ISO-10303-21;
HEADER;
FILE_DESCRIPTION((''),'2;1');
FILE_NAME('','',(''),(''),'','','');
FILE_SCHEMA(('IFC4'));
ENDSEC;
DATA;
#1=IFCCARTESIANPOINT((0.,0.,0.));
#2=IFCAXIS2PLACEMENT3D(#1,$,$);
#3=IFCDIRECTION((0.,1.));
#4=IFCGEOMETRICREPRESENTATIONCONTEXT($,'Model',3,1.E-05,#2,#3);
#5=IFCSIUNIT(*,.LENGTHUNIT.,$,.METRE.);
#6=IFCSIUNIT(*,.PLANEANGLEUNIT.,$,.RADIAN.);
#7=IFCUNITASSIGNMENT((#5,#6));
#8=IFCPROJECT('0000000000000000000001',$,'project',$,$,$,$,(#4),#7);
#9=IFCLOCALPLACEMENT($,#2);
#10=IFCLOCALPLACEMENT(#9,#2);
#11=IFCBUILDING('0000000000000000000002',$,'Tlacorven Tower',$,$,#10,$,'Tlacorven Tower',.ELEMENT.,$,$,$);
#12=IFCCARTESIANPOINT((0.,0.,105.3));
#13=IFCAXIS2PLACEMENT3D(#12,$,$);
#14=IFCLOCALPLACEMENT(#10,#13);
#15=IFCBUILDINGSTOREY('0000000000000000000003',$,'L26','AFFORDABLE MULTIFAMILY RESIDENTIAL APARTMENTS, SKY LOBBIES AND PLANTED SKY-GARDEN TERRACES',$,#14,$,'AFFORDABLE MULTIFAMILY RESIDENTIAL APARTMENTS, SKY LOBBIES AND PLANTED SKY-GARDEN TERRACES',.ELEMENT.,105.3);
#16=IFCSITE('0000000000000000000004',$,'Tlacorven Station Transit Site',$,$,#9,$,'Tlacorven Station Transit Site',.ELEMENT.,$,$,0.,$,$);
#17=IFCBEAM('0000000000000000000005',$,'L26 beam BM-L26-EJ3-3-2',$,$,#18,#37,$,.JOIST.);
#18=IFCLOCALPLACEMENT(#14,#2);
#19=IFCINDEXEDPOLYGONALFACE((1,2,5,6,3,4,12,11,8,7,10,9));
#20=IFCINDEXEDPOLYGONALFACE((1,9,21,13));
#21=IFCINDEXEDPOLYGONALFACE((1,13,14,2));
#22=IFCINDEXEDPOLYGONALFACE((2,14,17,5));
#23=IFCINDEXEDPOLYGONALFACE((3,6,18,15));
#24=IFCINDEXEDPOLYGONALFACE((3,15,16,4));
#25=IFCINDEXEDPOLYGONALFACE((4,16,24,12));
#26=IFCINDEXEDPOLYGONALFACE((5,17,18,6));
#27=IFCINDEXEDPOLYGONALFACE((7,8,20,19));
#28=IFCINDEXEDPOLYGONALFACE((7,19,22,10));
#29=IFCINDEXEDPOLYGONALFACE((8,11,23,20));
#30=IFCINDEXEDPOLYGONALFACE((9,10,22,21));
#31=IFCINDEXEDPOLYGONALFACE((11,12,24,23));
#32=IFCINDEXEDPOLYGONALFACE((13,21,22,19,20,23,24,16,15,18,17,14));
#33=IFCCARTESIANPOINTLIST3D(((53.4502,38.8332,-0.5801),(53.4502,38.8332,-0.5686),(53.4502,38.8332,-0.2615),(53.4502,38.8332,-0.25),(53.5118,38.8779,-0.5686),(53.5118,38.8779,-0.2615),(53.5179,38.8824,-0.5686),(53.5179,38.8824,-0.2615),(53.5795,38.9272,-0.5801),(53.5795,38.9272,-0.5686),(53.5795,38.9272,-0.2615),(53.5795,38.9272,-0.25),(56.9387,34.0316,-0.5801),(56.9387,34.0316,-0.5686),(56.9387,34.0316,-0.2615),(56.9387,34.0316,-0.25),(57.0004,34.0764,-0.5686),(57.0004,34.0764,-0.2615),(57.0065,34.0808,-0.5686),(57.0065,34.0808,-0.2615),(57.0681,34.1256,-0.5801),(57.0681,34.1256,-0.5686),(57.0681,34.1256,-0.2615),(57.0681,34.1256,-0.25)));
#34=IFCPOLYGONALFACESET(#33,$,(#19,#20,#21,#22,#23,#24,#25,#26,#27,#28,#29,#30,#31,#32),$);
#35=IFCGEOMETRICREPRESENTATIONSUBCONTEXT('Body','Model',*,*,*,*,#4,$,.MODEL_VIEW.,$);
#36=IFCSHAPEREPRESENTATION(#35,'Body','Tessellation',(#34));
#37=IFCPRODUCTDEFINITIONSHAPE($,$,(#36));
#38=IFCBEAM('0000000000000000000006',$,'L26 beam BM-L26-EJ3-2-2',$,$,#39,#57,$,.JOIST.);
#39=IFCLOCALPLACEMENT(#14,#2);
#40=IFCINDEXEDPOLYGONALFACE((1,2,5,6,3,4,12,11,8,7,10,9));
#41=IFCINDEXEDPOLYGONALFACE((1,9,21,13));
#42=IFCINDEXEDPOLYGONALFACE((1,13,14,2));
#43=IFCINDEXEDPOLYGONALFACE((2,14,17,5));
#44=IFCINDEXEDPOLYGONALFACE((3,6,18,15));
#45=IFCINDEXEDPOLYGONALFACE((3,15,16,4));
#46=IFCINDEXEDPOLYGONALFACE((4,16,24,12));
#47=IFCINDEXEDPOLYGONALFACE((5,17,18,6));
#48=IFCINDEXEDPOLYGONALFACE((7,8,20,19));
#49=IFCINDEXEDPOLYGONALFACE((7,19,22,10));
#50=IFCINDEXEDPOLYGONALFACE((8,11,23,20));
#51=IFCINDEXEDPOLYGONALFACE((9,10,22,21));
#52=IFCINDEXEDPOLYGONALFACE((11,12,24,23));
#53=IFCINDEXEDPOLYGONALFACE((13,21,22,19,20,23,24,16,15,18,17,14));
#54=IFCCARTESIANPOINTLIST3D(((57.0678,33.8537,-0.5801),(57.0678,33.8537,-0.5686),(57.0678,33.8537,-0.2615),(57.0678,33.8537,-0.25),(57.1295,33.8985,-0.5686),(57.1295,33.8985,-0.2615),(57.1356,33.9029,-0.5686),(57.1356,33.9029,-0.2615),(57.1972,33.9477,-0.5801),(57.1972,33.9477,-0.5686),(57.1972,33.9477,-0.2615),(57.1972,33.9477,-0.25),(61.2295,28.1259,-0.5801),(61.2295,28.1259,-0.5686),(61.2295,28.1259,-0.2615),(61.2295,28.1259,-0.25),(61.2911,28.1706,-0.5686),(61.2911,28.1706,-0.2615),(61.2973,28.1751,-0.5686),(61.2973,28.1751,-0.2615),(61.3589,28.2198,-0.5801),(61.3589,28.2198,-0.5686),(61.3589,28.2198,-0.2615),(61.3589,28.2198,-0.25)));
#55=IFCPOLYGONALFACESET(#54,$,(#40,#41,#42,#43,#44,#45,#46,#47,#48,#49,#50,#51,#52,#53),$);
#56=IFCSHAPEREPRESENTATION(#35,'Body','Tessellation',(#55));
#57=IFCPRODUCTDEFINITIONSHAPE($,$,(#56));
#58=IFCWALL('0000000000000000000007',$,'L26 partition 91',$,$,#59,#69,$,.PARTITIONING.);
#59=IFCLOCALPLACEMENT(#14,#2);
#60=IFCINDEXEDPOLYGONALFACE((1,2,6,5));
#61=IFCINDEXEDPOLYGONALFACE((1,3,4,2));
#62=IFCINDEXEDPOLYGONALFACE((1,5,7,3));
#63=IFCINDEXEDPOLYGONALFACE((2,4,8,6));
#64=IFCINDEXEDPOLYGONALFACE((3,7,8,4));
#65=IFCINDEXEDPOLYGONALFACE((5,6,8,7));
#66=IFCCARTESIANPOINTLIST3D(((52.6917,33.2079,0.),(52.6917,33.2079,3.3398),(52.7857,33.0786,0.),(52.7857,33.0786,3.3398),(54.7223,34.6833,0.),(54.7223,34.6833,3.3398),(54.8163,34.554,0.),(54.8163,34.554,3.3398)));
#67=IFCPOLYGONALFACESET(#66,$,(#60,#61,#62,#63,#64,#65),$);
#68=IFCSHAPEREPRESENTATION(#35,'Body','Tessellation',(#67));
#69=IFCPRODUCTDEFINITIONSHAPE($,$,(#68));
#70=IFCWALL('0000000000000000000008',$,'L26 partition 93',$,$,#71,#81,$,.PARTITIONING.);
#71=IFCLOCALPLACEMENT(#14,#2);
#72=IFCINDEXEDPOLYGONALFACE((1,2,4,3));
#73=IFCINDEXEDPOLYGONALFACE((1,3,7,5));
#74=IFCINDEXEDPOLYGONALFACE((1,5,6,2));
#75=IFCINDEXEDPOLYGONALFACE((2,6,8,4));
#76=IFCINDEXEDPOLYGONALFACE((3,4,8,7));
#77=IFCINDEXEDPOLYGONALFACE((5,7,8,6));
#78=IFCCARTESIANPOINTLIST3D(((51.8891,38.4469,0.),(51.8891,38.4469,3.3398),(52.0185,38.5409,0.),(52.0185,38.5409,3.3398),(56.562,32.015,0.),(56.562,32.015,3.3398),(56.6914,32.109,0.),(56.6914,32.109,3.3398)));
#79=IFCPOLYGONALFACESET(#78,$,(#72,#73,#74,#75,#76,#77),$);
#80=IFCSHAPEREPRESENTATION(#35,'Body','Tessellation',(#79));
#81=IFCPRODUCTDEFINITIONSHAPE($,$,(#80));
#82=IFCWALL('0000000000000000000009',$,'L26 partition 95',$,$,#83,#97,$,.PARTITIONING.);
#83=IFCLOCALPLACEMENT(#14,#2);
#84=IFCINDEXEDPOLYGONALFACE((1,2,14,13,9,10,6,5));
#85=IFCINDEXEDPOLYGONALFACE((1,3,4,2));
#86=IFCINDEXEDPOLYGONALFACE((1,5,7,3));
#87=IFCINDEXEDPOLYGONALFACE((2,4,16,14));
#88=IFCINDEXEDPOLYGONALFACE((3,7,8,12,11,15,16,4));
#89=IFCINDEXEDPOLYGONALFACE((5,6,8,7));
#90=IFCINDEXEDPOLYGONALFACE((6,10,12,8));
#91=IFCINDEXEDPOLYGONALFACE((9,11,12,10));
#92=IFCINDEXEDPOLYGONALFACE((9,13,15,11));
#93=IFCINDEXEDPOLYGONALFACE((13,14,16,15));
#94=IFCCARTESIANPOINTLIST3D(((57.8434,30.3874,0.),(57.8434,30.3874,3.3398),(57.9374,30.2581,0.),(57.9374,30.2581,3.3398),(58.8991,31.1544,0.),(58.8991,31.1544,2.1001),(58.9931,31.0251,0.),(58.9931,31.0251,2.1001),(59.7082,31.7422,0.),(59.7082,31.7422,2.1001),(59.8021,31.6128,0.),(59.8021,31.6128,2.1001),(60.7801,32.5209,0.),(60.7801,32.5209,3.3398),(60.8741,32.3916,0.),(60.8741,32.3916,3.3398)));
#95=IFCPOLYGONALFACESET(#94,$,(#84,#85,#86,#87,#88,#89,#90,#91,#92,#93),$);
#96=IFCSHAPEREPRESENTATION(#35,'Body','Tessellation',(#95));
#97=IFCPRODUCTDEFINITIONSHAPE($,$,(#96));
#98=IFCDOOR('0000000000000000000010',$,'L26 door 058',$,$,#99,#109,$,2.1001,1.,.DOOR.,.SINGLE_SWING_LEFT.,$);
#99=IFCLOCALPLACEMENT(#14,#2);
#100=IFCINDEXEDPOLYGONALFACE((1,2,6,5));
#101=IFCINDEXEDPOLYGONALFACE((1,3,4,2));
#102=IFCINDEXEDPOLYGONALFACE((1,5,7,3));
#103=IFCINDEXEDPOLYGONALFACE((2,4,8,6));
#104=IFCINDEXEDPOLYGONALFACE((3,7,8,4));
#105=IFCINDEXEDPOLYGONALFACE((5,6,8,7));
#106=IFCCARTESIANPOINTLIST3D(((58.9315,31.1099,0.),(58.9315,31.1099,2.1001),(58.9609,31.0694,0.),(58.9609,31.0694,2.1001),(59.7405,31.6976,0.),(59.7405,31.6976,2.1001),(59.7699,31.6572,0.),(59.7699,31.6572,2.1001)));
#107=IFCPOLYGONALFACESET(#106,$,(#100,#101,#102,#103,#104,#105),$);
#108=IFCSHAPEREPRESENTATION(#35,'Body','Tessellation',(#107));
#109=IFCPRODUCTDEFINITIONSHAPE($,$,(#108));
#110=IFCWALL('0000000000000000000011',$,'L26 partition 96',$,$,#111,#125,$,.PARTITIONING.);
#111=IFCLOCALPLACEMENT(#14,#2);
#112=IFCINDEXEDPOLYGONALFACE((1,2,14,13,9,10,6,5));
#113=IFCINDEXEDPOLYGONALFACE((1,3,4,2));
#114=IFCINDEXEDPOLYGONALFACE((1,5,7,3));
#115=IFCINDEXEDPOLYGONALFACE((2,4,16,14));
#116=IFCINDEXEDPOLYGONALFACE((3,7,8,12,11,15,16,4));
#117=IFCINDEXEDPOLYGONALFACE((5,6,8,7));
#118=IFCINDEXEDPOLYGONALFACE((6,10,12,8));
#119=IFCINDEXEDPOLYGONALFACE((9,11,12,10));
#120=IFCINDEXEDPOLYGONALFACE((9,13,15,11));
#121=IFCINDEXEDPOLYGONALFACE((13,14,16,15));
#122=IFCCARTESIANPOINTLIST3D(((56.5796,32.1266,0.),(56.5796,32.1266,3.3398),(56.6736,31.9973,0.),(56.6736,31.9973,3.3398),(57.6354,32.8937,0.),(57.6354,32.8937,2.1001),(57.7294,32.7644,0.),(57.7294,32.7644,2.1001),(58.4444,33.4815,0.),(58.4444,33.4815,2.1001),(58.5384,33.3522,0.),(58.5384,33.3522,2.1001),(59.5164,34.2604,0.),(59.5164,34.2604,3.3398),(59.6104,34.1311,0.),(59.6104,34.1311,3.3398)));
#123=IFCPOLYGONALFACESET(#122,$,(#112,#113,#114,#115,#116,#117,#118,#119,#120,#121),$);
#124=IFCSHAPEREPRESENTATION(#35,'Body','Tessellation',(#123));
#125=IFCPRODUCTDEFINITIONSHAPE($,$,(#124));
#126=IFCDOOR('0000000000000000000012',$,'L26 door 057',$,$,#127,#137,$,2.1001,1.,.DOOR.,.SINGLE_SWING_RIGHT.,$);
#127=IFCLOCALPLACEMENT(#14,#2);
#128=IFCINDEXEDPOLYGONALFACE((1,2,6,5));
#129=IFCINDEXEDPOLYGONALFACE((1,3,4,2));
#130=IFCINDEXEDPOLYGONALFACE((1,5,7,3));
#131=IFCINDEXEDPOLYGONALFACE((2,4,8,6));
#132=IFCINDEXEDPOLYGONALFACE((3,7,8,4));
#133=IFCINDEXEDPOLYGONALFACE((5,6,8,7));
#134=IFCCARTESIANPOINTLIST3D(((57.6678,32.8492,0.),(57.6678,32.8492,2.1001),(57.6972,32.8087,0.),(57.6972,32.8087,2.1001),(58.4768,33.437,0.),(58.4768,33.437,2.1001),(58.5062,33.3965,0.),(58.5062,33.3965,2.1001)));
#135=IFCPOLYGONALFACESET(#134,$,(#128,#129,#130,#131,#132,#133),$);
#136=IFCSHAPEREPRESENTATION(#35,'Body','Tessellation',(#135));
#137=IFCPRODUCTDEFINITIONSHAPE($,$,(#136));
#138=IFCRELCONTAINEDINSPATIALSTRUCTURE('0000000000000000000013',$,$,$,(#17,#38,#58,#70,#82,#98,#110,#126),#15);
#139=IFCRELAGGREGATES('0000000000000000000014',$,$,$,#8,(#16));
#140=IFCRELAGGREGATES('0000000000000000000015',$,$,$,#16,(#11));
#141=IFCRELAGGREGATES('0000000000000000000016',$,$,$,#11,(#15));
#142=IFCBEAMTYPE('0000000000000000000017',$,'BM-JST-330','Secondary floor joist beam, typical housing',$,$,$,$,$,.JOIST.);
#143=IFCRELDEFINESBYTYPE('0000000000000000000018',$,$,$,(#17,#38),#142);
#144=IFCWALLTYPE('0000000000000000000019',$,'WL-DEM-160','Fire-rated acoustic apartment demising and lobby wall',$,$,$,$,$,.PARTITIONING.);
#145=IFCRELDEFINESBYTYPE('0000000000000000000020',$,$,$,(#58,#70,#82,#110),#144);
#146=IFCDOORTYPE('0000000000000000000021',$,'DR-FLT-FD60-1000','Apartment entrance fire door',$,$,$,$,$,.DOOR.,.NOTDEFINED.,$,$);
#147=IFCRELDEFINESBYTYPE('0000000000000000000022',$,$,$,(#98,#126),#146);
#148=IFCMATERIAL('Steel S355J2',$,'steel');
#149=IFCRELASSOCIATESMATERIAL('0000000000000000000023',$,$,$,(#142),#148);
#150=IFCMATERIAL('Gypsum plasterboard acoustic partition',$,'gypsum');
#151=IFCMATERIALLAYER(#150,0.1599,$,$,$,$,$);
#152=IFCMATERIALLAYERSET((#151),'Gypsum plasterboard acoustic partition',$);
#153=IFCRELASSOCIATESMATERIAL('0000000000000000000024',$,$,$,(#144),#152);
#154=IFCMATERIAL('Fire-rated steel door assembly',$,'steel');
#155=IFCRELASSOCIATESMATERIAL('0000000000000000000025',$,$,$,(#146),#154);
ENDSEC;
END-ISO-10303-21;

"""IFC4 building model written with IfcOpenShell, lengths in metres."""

from ifc_helpers import new_model, si_unit, direction, frame, frame_2d, origin, origin_2d, place, context, subcontext, project, spatial, rectangle, i_section, extrude, source, transform, mapped, material, layer, layer_set, material_profile, profile_set, type_object, element, fill, save


model = new_model("IFC4")

# Units and contexts
model_context = context("Model", 3, precision=1e-05, world=origin(), true_north=direction((0.0, 1.0)))
body_context = subcontext(model_context, "Body", "Model", "MODEL_VIEW")
ifc_project = project(units=[si_unit("LENGTHUNIT", "METRE"), si_unit("PLANEANGLEUNIT", "RADIAN")], contexts=[model_context])

# Site, building, storey
site_placement = place(None, origin())
site = spatial("IfcSite", under=ifc_project, at=site_placement, Name="Tlacorven Station Transit Site", LongName="Tlacorven Station Transit Site", CompositionType="ELEMENT", RefElevation=0.0)
building_placement = place(site_placement, origin())
building = spatial("IfcBuilding", under=site, at=building_placement, Name="Tlacorven Tower", LongName="Tlacorven Tower", CompositionType="ELEMENT")
storey_placement = place(building_placement, frame((0.0, 0.0, 105.3)))
storey = spatial("IfcBuildingStorey", under=building, at=storey_placement, Name="L26", Description="AFFORDABLE MULTIFAMILY RESIDENTIAL APARTMENTS, SKY LOBBIES AND PLANTED SKY-GARDEN TERRACES", LongName="AFFORDABLE MULTIFAMILY RESIDENTIAL APARTMENTS, SKY LOBBIES AND PLANTED SKY-GARDEN TERRACES", CompositionType="ELEMENT", Elevation=105.3)

# Beams
ifc_material_1 = material(Name="Steel S355J2", Category="steel")
ifc_material_profile_1 = material_profile(ifc_material_1, i_section(OverallWidth=0.1599, OverallDepth=0.3301, WebThickness=0.0076, FlangeThickness=0.0115, at=origin_2d()), Name="IPE 330")
ifc_profile_set_1 = profile_set([ifc_material_profile_1], Name="Steel S355J2")
beam_type_1 = type_object("IfcBeamType", Name="BM-JST-330", Description="Secondary floor joist beam, typical housing", PredefinedType="JOIST", material=ifc_profile_set_1)
shared_shape_1 = source(origin(), body_context, "Body", "SweptSolid", [
    extrude(i_section(OverallWidth=0.1599, OverallDepth=0.3301, WebThickness=0.0076, FlangeThickness=0.0115, at=origin_2d()), origin(), (0.0, 0.0, 1.0), 5.9351),
])
for number, where, z_axis, x_axis, name in (
    (1, (57.0034, 34.0786, -0.415), (-0.587788, 0.809015, 0.0), (-0.809015, -0.587788, 0.0), "L26 beam BM-L26-EJ3-3-2"),
):
    element("IfcBeam", number, at=place(storey_placement, frame(where, z_axis=z_axis, x_axis=x_axis)), inside=storey, type_object=beam_type_1, Name=name, PredefinedType="JOIST", context=body_context, shape_type="MappedRepresentation", body=[
        mapped(shared_shape_1, transform((0.0, 0.0, 0.0), scale=1.0)),
    ])
shared_shape_2 = source(origin(), body_context, "Body", "SweptSolid", [
    extrude(i_section(OverallWidth=0.1599, OverallDepth=0.3301, WebThickness=0.0076, FlangeThickness=0.0115, at=origin_2d()), origin(), (0.0, 0.0, 1.0), 7.0801),
])
beam_1_placement = place(storey_placement, frame((61.2942, 28.1729, -0.415), z_axis=(-0.587798, 0.809007, 0.0), x_axis=(-0.809007, -0.587798, 0.0)))
element("IfcBeam", 2, at=beam_1_placement, inside=storey, type_object=beam_type_1, Name="L26 beam BM-L26-EJ3-2-2", PredefinedType="JOIST", context=body_context, shape_type="MappedRepresentation", body=[
    mapped(shared_shape_2, transform((0.0, 0.0, 0.0), scale=1.0)),
])

# Walls
ifc_material_2 = material(Name="Gypsum plasterboard acoustic partition", Category="gypsum")
ifc_layer_1 = layer(ifc_material_2, 0.1599)
ifc_layer_set_1 = layer_set([ifc_layer_1], Name="Gypsum plasterboard acoustic partition")
wall_type_1 = type_object("IfcWallType", Name="WL-DEM-160", Description="Fire-rated acoustic apartment demising and lobby wall", PredefinedType="PARTITIONING", material=ifc_layer_set_1)
wall_1_placement = place(storey_placement, frame((52.7388, 33.1433, 0.0), z_axis=(0.0, 0.0, 1.0), x_axis=(0.809001, 0.587807, 0.0)))
element("IfcWall", 3, at=wall_1_placement, inside=storey, type_object=wall_type_1, Name="L26 partition 91", PredefinedType="PARTITIONING", context=body_context, shape_type="SweptSolid", body=[
    extrude(rectangle(XDim=2.51, YDim=0.1599, at=frame_2d((1.2549, 0.0))), origin(), (0.0, 0.0, 1.0), 3.3398),
])
wall_2_placement = place(storey_placement, frame((56.6267, 32.062, 0.0), z_axis=(0.0, 0.0, 1.0), x_axis=(-0.58777, 0.809028, 0.0)))
element("IfcWall", 4, at=wall_2_placement, inside=storey, type_object=wall_type_1, Name="L26 partition 93", PredefinedType="PARTITIONING", context=body_context, shape_type="SweptSolid", body=[
    extrude(rectangle(XDim=7.9502, YDim=0.1599, at=frame_2d((3.9751, 0.0))), origin(), (0.0, 0.0, 1.0), 3.3398),
])

# Walls, openings, doors
wall_3_placement = place(storey_placement, frame((57.8904, 30.3228, 0.0), z_axis=(0.0, 0.0, 1.0), x_axis=(0.809036, 0.58776, 0.0)))
wall_3 = element("IfcWall", 5, at=wall_3_placement, inside=storey, type_object=wall_type_1, Name="L26 partition 95", PredefinedType="PARTITIONING", context=body_context, shape_type="SweptSolid", body=[
    extrude(rectangle(XDim=3.6299, YDim=0.1599, at=frame_2d((1.8149, 0.0))), origin(), (0.0, 0.0, 1.0), 3.3398),
])
opening_1_placement = place(wall_3_placement, frame((1.3049, 0.0, 0.0)))
opening_1 = element("IfcOpeningElement", 6, at=opening_1_placement, cuts=wall_3, PredefinedType="OPENING", context=body_context, shape_type="SweptSolid", body=[
    extrude(rectangle(XDim=1.0, YDim=2.1001, at=frame_2d((0.5, 1.05))), frame((0.0, 0.0898, 0.0), z_axis=(0.0, -1.0, 0.0), x_axis=(1.0, 0.0, 0.0)), (0.0, 0.0, 1.0), 0.1799),
])
ifc_material_3 = material(Name="Fire-rated steel door assembly", Category="steel")
door_type = type_object("IfcDoorType", Name="DR-FLT-FD60-1000", Description="Apartment entrance fire door", OperationType="NOTDEFINED", PredefinedType="DOOR", material=ifc_material_3)
shared_shape_3 = source(origin(), body_context, "Body", "SweptSolid", [
    extrude(rectangle(XDim=1.0, YDim=2.1001, at=frame_2d((0.5, 1.05))), frame((0.0, 0.0249, 0.0), z_axis=(0.0, -1.0, 0.0), x_axis=(1.0, 0.0, 0.0)), (0.0, 0.0, 1.0), 0.05),
])
door_1_placement = place(opening_1_placement, origin())
door_1 = element("IfcDoor", 7, at=door_1_placement, inside=storey, type_object=door_type, Name="L26 door 058", OperationType="SINGLE_SWING_LEFT", OverallHeight=2.1001, OverallWidth=1.0, PredefinedType="DOOR", context=body_context, shape_type="MappedRepresentation", body=[
    mapped(shared_shape_3, transform((0.0, 0.0, 0.0), scale=1.0)),
])
fill(opening_1, door_1)
wall_4_placement = place(storey_placement, frame((56.6267, 32.062, 0.0), z_axis=(0.0, 0.0, 1.0), x_axis=(0.809004, 0.587804, 0.0)))
wall_4 = element("IfcWall", 8, at=wall_4_placement, inside=storey, type_object=wall_type_1, Name="L26 partition 96", PredefinedType="PARTITIONING", context=body_context, shape_type="SweptSolid", body=[
    extrude(rectangle(XDim=3.6301, YDim=0.1599, at=frame_2d((1.8149, 0.0))), origin(), (0.0, 0.0, 1.0), 3.3398),
])
opening_2_placement = place(wall_4_placement, frame((1.3049, 0.0, 0.0)))
opening_2 = element("IfcOpeningElement", 9, at=opening_2_placement, cuts=wall_4, PredefinedType="OPENING", context=body_context, shape_type="SweptSolid", body=[
    extrude(rectangle(XDim=1.0, YDim=2.1001, at=frame_2d((0.5, 1.05))), frame((0.0, 0.0898, 0.0), z_axis=(0.0, -1.0, 0.0), x_axis=(1.0, 0.0, 0.0)), (0.0, 0.0, 1.0), 0.1799),
])
door_2_placement = place(opening_2_placement, origin())
door_2 = element("IfcDoor", 10, at=door_2_placement, inside=storey, type_object=door_type, Name="L26 door 057", OperationType="SINGLE_SWING_RIGHT", OverallHeight=2.1001, OverallWidth=1.0, PredefinedType="DOOR", context=body_context, shape_type="MappedRepresentation", body=[
    mapped(shared_shape_3, transform((0.0, 0.0, 0.0), scale=1.0)),
])
fill(opening_2, door_2)

save(model, "model.ifc")
